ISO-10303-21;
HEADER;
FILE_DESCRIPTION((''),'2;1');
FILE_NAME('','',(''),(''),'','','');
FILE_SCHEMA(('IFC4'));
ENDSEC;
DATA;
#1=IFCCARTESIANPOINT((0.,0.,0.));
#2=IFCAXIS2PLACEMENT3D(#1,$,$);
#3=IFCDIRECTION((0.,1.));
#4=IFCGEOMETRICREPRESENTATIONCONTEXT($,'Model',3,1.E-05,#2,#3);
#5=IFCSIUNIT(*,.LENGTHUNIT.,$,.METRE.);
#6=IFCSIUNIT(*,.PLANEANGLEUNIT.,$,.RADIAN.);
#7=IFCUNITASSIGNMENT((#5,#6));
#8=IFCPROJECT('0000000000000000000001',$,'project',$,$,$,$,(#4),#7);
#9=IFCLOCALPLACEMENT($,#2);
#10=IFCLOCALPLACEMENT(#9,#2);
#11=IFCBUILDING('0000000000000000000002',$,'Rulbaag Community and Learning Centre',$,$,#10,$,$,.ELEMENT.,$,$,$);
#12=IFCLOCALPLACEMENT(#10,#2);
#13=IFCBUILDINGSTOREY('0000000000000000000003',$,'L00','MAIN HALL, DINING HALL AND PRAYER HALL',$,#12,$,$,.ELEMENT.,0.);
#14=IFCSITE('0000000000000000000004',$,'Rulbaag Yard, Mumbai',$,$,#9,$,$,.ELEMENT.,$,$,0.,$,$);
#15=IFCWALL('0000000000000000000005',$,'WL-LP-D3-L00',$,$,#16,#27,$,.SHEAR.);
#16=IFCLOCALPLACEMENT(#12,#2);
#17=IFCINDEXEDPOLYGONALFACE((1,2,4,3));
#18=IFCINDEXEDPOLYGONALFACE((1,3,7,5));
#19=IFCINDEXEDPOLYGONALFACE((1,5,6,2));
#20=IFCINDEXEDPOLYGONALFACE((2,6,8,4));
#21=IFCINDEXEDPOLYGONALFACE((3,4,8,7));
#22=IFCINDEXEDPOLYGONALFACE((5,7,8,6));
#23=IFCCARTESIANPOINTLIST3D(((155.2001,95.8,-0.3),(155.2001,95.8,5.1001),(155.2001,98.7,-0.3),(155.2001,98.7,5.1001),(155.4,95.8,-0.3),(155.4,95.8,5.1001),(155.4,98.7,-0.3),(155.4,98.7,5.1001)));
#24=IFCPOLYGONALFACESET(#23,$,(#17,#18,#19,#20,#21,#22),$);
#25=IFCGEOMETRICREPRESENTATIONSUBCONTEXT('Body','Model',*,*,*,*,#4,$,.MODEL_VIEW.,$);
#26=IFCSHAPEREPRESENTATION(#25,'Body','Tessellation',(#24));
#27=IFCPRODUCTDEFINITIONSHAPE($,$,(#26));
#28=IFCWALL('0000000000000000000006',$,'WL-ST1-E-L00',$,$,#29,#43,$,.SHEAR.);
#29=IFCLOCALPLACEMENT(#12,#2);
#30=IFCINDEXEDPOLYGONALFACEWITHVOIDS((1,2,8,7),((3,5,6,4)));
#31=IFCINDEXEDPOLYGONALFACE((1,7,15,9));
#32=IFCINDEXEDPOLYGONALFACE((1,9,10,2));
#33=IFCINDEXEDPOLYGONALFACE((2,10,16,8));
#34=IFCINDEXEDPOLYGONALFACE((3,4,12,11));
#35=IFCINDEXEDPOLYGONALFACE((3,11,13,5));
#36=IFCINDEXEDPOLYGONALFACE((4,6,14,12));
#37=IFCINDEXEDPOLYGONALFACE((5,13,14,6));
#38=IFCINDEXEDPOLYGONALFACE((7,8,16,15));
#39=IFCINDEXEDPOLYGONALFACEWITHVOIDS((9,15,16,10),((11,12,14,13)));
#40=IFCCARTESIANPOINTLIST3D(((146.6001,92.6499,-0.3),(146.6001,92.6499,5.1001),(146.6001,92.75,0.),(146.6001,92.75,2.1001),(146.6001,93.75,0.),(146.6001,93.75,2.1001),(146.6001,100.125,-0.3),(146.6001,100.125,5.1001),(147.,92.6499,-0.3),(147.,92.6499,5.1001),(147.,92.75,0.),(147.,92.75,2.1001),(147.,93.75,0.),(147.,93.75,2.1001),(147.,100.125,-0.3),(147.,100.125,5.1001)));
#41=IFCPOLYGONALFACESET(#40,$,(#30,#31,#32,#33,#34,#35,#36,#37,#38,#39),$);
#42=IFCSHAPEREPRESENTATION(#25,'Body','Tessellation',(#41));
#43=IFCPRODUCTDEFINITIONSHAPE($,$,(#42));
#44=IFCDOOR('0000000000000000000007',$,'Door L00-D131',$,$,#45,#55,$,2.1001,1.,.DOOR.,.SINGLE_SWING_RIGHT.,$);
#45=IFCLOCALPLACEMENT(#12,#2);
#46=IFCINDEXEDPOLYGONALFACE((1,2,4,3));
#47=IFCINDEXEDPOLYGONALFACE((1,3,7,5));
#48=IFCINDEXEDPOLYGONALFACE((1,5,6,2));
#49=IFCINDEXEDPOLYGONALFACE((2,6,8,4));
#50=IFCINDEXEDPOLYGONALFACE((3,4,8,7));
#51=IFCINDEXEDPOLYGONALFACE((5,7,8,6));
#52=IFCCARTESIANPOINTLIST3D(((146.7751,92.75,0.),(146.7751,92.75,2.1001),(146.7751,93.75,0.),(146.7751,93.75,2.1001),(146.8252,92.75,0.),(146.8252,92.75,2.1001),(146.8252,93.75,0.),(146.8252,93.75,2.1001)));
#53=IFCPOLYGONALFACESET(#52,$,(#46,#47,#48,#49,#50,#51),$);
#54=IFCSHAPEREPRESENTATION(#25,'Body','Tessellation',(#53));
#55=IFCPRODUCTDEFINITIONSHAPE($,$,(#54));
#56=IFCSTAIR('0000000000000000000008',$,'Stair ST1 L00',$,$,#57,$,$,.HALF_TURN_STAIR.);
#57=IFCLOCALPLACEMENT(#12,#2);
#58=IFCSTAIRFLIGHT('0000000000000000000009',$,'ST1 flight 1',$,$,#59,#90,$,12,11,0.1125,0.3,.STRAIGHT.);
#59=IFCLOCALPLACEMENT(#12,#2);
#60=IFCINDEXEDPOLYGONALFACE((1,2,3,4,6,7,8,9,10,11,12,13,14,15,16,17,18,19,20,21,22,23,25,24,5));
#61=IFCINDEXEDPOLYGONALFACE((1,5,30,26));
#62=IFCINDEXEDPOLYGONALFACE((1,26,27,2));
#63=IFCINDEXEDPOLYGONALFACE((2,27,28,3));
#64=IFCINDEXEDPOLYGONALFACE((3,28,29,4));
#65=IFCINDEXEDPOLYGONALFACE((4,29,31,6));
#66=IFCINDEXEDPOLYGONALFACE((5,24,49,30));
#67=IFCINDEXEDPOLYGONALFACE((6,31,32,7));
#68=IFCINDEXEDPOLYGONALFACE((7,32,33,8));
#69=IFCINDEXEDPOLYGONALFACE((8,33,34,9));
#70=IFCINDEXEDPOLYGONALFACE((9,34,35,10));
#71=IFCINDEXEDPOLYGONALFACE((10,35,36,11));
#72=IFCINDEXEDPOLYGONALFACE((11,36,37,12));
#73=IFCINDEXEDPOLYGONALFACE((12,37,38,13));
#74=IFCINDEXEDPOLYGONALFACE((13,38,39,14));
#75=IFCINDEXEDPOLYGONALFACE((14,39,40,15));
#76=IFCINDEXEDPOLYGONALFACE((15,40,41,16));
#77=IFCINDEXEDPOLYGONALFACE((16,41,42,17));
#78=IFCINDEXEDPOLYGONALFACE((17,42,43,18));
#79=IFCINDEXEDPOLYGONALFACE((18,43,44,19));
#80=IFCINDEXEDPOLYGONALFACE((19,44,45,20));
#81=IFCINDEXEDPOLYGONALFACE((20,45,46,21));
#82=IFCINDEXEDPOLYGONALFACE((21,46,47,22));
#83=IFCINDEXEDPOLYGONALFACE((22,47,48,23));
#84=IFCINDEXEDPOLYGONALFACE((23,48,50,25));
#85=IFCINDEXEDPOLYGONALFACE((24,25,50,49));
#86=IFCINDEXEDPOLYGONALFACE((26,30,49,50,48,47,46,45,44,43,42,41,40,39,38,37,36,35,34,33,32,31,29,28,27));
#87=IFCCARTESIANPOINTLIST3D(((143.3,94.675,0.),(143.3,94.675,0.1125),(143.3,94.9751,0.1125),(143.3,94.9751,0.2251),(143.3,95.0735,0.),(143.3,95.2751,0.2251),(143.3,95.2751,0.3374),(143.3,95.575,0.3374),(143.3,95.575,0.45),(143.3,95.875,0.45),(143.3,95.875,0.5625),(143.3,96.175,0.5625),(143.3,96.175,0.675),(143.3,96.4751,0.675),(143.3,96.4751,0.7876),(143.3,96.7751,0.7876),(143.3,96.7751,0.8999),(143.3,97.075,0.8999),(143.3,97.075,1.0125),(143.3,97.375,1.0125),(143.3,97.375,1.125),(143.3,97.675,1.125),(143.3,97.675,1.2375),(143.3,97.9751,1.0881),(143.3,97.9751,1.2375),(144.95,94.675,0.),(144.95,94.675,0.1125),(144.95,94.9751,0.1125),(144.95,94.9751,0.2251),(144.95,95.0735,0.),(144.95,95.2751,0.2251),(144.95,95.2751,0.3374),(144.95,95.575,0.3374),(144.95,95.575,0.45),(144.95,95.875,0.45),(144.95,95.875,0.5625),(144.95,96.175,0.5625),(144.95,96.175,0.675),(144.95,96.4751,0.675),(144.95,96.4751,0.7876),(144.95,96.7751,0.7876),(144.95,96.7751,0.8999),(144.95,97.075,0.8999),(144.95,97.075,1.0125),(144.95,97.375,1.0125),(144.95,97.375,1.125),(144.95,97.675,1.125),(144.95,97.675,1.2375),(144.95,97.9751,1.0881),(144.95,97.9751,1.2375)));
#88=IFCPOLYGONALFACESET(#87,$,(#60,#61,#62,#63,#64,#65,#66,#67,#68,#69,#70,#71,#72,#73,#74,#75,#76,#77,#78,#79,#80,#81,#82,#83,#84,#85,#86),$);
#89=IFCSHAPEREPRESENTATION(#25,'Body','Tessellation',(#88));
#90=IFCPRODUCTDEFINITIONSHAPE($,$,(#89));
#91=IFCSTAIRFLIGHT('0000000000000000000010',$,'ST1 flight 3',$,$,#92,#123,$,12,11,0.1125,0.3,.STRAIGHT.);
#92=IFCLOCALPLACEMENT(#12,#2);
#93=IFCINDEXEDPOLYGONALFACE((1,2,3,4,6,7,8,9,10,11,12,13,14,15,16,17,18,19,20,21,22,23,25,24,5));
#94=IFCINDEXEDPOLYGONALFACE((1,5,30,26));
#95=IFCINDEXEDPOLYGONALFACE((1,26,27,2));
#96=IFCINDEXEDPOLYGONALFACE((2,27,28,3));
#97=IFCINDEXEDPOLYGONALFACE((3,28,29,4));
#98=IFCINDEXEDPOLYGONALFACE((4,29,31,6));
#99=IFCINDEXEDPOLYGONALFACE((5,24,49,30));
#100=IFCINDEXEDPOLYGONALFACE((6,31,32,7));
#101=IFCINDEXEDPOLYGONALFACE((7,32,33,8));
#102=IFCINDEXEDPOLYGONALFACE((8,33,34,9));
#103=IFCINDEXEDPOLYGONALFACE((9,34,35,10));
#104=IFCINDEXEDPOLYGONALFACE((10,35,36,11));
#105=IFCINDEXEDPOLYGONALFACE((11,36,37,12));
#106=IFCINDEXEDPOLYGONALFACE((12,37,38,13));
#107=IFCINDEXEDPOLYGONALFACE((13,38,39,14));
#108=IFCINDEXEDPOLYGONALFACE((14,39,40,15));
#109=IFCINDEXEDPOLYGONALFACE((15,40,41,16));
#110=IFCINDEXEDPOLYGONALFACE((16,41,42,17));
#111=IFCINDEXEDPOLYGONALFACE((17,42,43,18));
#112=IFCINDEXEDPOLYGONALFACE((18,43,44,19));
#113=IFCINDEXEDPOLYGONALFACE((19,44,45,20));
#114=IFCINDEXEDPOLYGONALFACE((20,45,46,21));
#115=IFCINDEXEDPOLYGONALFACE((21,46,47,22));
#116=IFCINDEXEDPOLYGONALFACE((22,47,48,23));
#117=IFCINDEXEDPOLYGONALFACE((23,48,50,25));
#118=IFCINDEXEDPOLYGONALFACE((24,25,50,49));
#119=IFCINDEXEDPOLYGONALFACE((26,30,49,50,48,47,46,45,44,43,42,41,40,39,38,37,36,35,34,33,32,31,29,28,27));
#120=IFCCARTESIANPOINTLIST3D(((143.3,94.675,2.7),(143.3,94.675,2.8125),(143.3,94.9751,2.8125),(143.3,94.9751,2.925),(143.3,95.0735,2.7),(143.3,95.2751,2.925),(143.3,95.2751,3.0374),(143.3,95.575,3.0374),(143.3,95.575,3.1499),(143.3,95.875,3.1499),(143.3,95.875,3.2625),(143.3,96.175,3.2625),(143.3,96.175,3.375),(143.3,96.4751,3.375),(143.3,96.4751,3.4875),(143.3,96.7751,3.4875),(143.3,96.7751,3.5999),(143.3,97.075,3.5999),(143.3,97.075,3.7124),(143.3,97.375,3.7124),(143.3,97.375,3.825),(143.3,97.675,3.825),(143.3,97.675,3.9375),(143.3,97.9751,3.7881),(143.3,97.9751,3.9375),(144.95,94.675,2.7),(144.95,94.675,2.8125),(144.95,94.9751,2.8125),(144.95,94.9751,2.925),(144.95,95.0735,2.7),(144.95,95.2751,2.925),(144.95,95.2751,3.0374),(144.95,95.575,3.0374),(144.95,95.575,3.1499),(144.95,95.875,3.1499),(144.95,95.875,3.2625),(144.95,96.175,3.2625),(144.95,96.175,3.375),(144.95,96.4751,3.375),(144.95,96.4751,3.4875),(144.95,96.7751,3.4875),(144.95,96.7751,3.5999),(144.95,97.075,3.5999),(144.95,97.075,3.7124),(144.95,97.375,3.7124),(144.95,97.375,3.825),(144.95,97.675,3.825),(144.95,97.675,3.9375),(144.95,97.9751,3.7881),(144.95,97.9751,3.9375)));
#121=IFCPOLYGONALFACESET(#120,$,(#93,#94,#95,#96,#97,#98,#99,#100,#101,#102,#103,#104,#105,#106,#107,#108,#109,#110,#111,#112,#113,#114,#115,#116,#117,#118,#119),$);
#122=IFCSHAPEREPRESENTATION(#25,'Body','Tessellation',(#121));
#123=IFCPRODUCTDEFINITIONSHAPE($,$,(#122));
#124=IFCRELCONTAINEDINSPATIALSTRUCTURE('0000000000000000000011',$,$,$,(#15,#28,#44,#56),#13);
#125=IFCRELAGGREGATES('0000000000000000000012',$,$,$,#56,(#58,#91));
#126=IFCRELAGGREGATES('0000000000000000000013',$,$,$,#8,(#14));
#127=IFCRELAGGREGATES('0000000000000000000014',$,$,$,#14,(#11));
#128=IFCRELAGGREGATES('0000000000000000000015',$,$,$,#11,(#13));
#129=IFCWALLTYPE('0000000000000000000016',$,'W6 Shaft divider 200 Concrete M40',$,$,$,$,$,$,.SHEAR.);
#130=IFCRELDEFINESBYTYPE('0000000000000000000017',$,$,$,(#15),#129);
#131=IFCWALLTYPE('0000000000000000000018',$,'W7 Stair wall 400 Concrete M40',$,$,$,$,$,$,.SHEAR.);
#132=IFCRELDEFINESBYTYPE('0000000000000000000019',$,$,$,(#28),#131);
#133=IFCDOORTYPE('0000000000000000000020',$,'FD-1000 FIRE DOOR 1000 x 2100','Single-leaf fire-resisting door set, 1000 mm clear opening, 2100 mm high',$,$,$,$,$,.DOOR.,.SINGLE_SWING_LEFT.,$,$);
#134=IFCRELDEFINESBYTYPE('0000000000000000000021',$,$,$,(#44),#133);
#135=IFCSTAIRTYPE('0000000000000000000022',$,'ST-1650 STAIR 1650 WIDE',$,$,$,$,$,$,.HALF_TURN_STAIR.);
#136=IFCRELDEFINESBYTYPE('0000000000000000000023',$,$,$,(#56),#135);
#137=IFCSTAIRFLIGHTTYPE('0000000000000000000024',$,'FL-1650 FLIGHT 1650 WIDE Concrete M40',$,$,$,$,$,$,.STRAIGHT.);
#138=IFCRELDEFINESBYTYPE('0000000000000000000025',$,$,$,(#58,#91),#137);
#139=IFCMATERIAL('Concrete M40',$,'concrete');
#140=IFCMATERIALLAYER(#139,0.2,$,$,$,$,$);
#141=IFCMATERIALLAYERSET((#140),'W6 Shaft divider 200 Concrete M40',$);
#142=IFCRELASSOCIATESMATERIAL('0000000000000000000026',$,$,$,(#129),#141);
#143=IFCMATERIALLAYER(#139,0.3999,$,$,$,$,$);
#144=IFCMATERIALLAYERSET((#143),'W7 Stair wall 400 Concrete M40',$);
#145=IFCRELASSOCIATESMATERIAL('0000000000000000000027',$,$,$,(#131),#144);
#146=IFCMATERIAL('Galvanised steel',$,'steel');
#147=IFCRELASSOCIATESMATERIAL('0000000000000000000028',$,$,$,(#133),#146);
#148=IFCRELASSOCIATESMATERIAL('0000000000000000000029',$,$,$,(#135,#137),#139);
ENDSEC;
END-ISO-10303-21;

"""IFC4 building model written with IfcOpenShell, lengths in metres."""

from ifc_helpers import new_model, si_unit, direction, frame, frame_2d, origin, place, context, subcontext, project, spatial, polyline, rectangle, outline, extrude, material, layer, layer_set, type_object, element, fill, aggregate, save


model = new_model("IFC4")

# Units and contexts
model_context = context("Model", 3, precision=1e-05, world=origin(), true_north=direction((0.0, 1.0)))
body_context = subcontext(model_context, "Body", "Model", "MODEL_VIEW")
ifc_project = project(units=[si_unit("LENGTHUNIT", "METRE"), si_unit("PLANEANGLEUNIT", "RADIAN")], contexts=[model_context])

# Site, building, storey
site_placement = place(None, origin())
site = spatial("IfcSite", under=ifc_project, at=site_placement, Name="Rulbaag Yard, Mumbai", CompositionType="ELEMENT", RefElevation=0.0)
building_placement = place(site_placement, origin())
building = spatial("IfcBuilding", under=site, at=building_placement, Name="Rulbaag Community and Learning Centre", CompositionType="ELEMENT")
storey_placement = place(building_placement, origin())
storey = spatial("IfcBuildingStorey", under=building, at=storey_placement, Name="L00", Description="MAIN HALL, DINING HALL AND PRAYER HALL", CompositionType="ELEMENT", Elevation=0.0)

# Shared definitions
ifc_material_1 = material(Name="Galvanised steel", Category="steel")

# Shared definitions
ifc_material_2 = material(Name="Concrete M40", Category="concrete")

# Wall
ifc_layer_1 = layer(ifc_material_2, 0.2)
ifc_layer_set_1 = layer_set([ifc_layer_1], Name="W6 Shaft divider 200 Concrete M40")
wall_type_1 = type_object("IfcWallType", Name="W6 Shaft divider 200 Concrete M40", PredefinedType="SHEAR", material=ifc_layer_set_1)
for number, where, z_axis, x_axis, name in (
    (1, (155.3, 95.8, -0.3), (0.0, 0.0, 1.0), (0.0, 1.0, 0.0), "WL-LP-D3-L00"),
):
    element("IfcWall", number, at=place(storey_placement, frame(where, z_axis=z_axis, x_axis=x_axis)), inside=storey, type_object=wall_type_1, Name=name, PredefinedType="SHEAR", context=body_context, shape_type="SweptSolid", body=[
        extrude(rectangle(XDim=2.8999, YDim=0.2, at=frame_2d((1.45, 0.0))), origin(), (0.0, 0.0, 1.0), 5.4001),
    ])

# Wall, opening, door
ifc_layer_2 = layer(ifc_material_2, 0.3999)
ifc_layer_set_2 = layer_set([ifc_layer_2], Name="W7 Stair wall 400 Concrete M40")
wall_type_2 = type_object("IfcWallType", Name="W7 Stair wall 400 Concrete M40", PredefinedType="SHEAR", material=ifc_layer_set_2)
wall_1_placement = place(storey_placement, frame((146.8, 92.6499, -0.3), z_axis=(0.0, 0.0, 1.0), x_axis=(0.0, 1.0, 0.0)))
wall_1 = element("IfcWall", 2, at=wall_1_placement, inside=storey, type_object=wall_type_2, Name="WL-ST1-E-L00", PredefinedType="SHEAR", context=body_context, shape_type="SweptSolid", body=[
    extrude(rectangle(XDim=7.4751, YDim=0.3999, at=frame_2d((3.7375, 0.0))), origin(), (0.0, 0.0, 1.0), 5.4001),
])
opening_1_placement = place(wall_1_placement, frame((0.1001, 0.0, 0.3)))
opening_1 = element("IfcOpeningElement", 3, at=opening_1_placement, cuts=wall_1, PredefinedType="OPENING", context=body_context, shape_type="SweptSolid", body=[
    extrude(rectangle(XDim=1.0, YDim=2.1001, at=frame_2d((0.5, 1.05))), frame((0.0, 0.21, 0.0), z_axis=(0.0, -1.0, 0.0), x_axis=(1.0, 0.0, 0.0)), (0.0, 0.0, 1.0), 0.4199),
])
door_type_1 = type_object("IfcDoorType", Name="FD-1000 FIRE DOOR 1000 x 2100", Description="Single-leaf fire-resisting door set, 1000 mm clear opening, 2100 mm high", OperationType="SINGLE_SWING_LEFT", PredefinedType="DOOR", material=ifc_material_1)
door_1_placement = place(opening_1_placement, origin())
door_1 = element("IfcDoor", 4, at=door_1_placement, inside=storey, type_object=door_type_1, Name="Door L00-D131", OperationType="SINGLE_SWING_RIGHT", OverallHeight=2.1001, OverallWidth=1.0, PredefinedType="DOOR", context=body_context, shape_type="SweptSolid", body=[
    extrude(rectangle(XDim=1.0, YDim=2.1001, at=frame_2d((0.5, 1.05))), frame((0.0, 0.0249, 0.0), z_axis=(0.0, -1.0, 0.0), x_axis=(1.0, 0.0, 0.0)), (0.0, 0.0, 1.0), 0.05),
])
fill(opening_1, door_1)

# Stair, stair flights
stair_type = type_object("IfcStairType", Name="ST-1650 STAIR 1650 WIDE", PredefinedType="HALF_TURN_STAIR", material=ifc_material_2)
stair_placement = place(storey_placement, origin())
stair = element("IfcStair", 5, at=stair_placement, inside=storey, type_object=stair_type, Name="Stair ST1 L00", PredefinedType="HALF_TURN_STAIR")
stair_flight_type = type_object("IfcStairFlightType", Name="FL-1650 FLIGHT 1650 WIDE Concrete M40", PredefinedType="STRAIGHT", material=ifc_material_2)
stair_flight_1_placement = place(storey_placement, frame((144.125, 94.675, 0.0), z_axis=(0.0, 0.0, 1.0), x_axis=(0.0, 1.0, 0.0)))
stair_flight_1 = element("IfcStairFlight", 6, at=stair_flight_1_placement, type_object=stair_flight_type, Name="ST1 flight 1", NumberOfRisers=12, NumberOfTreads=11, PredefinedType="STRAIGHT", RiserHeight=0.1125, TreadLength=0.3, context=body_context, shape_type="SweptSolid", body=[
    extrude(outline(polyline([(0.0, 0.0), (0.0, 0.1125), (0.3, 0.1125), (0.3, 0.2251), (0.6001, 0.2251), (0.6001, 0.3374), (0.8999, 0.3374), (0.8999, 0.45), (1.2, 0.45), (1.2, 0.5625), (1.5, 0.5625), (1.5, 0.675), (1.8, 0.675), (1.8, 0.7876), (2.1001, 0.7876), (2.1001, 0.8999), (2.3999, 0.8999), (2.3999, 1.0125), (2.7, 1.0125), (2.7, 1.125), (3.0, 1.125), (3.0, 1.2375), (3.3, 1.2375), (3.3, 1.0881), (0.3984, 0.0), (0.0, 0.0)])), frame((0.0, 0.825, 0.0), z_axis=(0.0, -1.0, 0.0), x_axis=(1.0, 0.0, 0.0)), (0.0, 0.0, 1.0), 1.6499),
])
stair_flight_2_placement = place(storey_placement, frame((144.125, 94.675, 2.7), z_axis=(0.0, 0.0, 1.0), x_axis=(0.0, 1.0, 0.0)))
stair_flight_2 = element("IfcStairFlight", 7, at=stair_flight_2_placement, type_object=stair_flight_type, Name="ST1 flight 3", NumberOfRisers=12, NumberOfTreads=11, PredefinedType="STRAIGHT", RiserHeight=0.1125, TreadLength=0.3, context=body_context, shape_type="SweptSolid", body=[
    extrude(outline(polyline([(0.0, 0.0), (0.0, 0.1125), (0.3, 0.1125), (0.3, 0.2251), (0.6001, 0.2251), (0.6001, 0.3374), (0.8999, 0.3374), (0.8999, 0.45), (1.2, 0.45), (1.2, 0.5625), (1.5, 0.5625), (1.5, 0.675), (1.8, 0.675), (1.8, 0.7876), (2.1001, 0.7876), (2.1001, 0.8999), (2.3999, 0.8999), (2.3999, 1.0125), (2.7, 1.0125), (2.7, 1.125), (3.0, 1.125), (3.0, 1.2375), (3.3, 1.2375), (3.3, 1.0881), (0.3984, 0.0), (0.0, 0.0)])), frame((0.0, 0.825, 0.0), z_axis=(0.0, -1.0, 0.0), x_axis=(1.0, 0.0, 0.0)), (0.0, 0.0, 1.0), 1.6499),
])
aggregate(stair, [stair_flight_1, stair_flight_2])

save(model, "model.ifc")
